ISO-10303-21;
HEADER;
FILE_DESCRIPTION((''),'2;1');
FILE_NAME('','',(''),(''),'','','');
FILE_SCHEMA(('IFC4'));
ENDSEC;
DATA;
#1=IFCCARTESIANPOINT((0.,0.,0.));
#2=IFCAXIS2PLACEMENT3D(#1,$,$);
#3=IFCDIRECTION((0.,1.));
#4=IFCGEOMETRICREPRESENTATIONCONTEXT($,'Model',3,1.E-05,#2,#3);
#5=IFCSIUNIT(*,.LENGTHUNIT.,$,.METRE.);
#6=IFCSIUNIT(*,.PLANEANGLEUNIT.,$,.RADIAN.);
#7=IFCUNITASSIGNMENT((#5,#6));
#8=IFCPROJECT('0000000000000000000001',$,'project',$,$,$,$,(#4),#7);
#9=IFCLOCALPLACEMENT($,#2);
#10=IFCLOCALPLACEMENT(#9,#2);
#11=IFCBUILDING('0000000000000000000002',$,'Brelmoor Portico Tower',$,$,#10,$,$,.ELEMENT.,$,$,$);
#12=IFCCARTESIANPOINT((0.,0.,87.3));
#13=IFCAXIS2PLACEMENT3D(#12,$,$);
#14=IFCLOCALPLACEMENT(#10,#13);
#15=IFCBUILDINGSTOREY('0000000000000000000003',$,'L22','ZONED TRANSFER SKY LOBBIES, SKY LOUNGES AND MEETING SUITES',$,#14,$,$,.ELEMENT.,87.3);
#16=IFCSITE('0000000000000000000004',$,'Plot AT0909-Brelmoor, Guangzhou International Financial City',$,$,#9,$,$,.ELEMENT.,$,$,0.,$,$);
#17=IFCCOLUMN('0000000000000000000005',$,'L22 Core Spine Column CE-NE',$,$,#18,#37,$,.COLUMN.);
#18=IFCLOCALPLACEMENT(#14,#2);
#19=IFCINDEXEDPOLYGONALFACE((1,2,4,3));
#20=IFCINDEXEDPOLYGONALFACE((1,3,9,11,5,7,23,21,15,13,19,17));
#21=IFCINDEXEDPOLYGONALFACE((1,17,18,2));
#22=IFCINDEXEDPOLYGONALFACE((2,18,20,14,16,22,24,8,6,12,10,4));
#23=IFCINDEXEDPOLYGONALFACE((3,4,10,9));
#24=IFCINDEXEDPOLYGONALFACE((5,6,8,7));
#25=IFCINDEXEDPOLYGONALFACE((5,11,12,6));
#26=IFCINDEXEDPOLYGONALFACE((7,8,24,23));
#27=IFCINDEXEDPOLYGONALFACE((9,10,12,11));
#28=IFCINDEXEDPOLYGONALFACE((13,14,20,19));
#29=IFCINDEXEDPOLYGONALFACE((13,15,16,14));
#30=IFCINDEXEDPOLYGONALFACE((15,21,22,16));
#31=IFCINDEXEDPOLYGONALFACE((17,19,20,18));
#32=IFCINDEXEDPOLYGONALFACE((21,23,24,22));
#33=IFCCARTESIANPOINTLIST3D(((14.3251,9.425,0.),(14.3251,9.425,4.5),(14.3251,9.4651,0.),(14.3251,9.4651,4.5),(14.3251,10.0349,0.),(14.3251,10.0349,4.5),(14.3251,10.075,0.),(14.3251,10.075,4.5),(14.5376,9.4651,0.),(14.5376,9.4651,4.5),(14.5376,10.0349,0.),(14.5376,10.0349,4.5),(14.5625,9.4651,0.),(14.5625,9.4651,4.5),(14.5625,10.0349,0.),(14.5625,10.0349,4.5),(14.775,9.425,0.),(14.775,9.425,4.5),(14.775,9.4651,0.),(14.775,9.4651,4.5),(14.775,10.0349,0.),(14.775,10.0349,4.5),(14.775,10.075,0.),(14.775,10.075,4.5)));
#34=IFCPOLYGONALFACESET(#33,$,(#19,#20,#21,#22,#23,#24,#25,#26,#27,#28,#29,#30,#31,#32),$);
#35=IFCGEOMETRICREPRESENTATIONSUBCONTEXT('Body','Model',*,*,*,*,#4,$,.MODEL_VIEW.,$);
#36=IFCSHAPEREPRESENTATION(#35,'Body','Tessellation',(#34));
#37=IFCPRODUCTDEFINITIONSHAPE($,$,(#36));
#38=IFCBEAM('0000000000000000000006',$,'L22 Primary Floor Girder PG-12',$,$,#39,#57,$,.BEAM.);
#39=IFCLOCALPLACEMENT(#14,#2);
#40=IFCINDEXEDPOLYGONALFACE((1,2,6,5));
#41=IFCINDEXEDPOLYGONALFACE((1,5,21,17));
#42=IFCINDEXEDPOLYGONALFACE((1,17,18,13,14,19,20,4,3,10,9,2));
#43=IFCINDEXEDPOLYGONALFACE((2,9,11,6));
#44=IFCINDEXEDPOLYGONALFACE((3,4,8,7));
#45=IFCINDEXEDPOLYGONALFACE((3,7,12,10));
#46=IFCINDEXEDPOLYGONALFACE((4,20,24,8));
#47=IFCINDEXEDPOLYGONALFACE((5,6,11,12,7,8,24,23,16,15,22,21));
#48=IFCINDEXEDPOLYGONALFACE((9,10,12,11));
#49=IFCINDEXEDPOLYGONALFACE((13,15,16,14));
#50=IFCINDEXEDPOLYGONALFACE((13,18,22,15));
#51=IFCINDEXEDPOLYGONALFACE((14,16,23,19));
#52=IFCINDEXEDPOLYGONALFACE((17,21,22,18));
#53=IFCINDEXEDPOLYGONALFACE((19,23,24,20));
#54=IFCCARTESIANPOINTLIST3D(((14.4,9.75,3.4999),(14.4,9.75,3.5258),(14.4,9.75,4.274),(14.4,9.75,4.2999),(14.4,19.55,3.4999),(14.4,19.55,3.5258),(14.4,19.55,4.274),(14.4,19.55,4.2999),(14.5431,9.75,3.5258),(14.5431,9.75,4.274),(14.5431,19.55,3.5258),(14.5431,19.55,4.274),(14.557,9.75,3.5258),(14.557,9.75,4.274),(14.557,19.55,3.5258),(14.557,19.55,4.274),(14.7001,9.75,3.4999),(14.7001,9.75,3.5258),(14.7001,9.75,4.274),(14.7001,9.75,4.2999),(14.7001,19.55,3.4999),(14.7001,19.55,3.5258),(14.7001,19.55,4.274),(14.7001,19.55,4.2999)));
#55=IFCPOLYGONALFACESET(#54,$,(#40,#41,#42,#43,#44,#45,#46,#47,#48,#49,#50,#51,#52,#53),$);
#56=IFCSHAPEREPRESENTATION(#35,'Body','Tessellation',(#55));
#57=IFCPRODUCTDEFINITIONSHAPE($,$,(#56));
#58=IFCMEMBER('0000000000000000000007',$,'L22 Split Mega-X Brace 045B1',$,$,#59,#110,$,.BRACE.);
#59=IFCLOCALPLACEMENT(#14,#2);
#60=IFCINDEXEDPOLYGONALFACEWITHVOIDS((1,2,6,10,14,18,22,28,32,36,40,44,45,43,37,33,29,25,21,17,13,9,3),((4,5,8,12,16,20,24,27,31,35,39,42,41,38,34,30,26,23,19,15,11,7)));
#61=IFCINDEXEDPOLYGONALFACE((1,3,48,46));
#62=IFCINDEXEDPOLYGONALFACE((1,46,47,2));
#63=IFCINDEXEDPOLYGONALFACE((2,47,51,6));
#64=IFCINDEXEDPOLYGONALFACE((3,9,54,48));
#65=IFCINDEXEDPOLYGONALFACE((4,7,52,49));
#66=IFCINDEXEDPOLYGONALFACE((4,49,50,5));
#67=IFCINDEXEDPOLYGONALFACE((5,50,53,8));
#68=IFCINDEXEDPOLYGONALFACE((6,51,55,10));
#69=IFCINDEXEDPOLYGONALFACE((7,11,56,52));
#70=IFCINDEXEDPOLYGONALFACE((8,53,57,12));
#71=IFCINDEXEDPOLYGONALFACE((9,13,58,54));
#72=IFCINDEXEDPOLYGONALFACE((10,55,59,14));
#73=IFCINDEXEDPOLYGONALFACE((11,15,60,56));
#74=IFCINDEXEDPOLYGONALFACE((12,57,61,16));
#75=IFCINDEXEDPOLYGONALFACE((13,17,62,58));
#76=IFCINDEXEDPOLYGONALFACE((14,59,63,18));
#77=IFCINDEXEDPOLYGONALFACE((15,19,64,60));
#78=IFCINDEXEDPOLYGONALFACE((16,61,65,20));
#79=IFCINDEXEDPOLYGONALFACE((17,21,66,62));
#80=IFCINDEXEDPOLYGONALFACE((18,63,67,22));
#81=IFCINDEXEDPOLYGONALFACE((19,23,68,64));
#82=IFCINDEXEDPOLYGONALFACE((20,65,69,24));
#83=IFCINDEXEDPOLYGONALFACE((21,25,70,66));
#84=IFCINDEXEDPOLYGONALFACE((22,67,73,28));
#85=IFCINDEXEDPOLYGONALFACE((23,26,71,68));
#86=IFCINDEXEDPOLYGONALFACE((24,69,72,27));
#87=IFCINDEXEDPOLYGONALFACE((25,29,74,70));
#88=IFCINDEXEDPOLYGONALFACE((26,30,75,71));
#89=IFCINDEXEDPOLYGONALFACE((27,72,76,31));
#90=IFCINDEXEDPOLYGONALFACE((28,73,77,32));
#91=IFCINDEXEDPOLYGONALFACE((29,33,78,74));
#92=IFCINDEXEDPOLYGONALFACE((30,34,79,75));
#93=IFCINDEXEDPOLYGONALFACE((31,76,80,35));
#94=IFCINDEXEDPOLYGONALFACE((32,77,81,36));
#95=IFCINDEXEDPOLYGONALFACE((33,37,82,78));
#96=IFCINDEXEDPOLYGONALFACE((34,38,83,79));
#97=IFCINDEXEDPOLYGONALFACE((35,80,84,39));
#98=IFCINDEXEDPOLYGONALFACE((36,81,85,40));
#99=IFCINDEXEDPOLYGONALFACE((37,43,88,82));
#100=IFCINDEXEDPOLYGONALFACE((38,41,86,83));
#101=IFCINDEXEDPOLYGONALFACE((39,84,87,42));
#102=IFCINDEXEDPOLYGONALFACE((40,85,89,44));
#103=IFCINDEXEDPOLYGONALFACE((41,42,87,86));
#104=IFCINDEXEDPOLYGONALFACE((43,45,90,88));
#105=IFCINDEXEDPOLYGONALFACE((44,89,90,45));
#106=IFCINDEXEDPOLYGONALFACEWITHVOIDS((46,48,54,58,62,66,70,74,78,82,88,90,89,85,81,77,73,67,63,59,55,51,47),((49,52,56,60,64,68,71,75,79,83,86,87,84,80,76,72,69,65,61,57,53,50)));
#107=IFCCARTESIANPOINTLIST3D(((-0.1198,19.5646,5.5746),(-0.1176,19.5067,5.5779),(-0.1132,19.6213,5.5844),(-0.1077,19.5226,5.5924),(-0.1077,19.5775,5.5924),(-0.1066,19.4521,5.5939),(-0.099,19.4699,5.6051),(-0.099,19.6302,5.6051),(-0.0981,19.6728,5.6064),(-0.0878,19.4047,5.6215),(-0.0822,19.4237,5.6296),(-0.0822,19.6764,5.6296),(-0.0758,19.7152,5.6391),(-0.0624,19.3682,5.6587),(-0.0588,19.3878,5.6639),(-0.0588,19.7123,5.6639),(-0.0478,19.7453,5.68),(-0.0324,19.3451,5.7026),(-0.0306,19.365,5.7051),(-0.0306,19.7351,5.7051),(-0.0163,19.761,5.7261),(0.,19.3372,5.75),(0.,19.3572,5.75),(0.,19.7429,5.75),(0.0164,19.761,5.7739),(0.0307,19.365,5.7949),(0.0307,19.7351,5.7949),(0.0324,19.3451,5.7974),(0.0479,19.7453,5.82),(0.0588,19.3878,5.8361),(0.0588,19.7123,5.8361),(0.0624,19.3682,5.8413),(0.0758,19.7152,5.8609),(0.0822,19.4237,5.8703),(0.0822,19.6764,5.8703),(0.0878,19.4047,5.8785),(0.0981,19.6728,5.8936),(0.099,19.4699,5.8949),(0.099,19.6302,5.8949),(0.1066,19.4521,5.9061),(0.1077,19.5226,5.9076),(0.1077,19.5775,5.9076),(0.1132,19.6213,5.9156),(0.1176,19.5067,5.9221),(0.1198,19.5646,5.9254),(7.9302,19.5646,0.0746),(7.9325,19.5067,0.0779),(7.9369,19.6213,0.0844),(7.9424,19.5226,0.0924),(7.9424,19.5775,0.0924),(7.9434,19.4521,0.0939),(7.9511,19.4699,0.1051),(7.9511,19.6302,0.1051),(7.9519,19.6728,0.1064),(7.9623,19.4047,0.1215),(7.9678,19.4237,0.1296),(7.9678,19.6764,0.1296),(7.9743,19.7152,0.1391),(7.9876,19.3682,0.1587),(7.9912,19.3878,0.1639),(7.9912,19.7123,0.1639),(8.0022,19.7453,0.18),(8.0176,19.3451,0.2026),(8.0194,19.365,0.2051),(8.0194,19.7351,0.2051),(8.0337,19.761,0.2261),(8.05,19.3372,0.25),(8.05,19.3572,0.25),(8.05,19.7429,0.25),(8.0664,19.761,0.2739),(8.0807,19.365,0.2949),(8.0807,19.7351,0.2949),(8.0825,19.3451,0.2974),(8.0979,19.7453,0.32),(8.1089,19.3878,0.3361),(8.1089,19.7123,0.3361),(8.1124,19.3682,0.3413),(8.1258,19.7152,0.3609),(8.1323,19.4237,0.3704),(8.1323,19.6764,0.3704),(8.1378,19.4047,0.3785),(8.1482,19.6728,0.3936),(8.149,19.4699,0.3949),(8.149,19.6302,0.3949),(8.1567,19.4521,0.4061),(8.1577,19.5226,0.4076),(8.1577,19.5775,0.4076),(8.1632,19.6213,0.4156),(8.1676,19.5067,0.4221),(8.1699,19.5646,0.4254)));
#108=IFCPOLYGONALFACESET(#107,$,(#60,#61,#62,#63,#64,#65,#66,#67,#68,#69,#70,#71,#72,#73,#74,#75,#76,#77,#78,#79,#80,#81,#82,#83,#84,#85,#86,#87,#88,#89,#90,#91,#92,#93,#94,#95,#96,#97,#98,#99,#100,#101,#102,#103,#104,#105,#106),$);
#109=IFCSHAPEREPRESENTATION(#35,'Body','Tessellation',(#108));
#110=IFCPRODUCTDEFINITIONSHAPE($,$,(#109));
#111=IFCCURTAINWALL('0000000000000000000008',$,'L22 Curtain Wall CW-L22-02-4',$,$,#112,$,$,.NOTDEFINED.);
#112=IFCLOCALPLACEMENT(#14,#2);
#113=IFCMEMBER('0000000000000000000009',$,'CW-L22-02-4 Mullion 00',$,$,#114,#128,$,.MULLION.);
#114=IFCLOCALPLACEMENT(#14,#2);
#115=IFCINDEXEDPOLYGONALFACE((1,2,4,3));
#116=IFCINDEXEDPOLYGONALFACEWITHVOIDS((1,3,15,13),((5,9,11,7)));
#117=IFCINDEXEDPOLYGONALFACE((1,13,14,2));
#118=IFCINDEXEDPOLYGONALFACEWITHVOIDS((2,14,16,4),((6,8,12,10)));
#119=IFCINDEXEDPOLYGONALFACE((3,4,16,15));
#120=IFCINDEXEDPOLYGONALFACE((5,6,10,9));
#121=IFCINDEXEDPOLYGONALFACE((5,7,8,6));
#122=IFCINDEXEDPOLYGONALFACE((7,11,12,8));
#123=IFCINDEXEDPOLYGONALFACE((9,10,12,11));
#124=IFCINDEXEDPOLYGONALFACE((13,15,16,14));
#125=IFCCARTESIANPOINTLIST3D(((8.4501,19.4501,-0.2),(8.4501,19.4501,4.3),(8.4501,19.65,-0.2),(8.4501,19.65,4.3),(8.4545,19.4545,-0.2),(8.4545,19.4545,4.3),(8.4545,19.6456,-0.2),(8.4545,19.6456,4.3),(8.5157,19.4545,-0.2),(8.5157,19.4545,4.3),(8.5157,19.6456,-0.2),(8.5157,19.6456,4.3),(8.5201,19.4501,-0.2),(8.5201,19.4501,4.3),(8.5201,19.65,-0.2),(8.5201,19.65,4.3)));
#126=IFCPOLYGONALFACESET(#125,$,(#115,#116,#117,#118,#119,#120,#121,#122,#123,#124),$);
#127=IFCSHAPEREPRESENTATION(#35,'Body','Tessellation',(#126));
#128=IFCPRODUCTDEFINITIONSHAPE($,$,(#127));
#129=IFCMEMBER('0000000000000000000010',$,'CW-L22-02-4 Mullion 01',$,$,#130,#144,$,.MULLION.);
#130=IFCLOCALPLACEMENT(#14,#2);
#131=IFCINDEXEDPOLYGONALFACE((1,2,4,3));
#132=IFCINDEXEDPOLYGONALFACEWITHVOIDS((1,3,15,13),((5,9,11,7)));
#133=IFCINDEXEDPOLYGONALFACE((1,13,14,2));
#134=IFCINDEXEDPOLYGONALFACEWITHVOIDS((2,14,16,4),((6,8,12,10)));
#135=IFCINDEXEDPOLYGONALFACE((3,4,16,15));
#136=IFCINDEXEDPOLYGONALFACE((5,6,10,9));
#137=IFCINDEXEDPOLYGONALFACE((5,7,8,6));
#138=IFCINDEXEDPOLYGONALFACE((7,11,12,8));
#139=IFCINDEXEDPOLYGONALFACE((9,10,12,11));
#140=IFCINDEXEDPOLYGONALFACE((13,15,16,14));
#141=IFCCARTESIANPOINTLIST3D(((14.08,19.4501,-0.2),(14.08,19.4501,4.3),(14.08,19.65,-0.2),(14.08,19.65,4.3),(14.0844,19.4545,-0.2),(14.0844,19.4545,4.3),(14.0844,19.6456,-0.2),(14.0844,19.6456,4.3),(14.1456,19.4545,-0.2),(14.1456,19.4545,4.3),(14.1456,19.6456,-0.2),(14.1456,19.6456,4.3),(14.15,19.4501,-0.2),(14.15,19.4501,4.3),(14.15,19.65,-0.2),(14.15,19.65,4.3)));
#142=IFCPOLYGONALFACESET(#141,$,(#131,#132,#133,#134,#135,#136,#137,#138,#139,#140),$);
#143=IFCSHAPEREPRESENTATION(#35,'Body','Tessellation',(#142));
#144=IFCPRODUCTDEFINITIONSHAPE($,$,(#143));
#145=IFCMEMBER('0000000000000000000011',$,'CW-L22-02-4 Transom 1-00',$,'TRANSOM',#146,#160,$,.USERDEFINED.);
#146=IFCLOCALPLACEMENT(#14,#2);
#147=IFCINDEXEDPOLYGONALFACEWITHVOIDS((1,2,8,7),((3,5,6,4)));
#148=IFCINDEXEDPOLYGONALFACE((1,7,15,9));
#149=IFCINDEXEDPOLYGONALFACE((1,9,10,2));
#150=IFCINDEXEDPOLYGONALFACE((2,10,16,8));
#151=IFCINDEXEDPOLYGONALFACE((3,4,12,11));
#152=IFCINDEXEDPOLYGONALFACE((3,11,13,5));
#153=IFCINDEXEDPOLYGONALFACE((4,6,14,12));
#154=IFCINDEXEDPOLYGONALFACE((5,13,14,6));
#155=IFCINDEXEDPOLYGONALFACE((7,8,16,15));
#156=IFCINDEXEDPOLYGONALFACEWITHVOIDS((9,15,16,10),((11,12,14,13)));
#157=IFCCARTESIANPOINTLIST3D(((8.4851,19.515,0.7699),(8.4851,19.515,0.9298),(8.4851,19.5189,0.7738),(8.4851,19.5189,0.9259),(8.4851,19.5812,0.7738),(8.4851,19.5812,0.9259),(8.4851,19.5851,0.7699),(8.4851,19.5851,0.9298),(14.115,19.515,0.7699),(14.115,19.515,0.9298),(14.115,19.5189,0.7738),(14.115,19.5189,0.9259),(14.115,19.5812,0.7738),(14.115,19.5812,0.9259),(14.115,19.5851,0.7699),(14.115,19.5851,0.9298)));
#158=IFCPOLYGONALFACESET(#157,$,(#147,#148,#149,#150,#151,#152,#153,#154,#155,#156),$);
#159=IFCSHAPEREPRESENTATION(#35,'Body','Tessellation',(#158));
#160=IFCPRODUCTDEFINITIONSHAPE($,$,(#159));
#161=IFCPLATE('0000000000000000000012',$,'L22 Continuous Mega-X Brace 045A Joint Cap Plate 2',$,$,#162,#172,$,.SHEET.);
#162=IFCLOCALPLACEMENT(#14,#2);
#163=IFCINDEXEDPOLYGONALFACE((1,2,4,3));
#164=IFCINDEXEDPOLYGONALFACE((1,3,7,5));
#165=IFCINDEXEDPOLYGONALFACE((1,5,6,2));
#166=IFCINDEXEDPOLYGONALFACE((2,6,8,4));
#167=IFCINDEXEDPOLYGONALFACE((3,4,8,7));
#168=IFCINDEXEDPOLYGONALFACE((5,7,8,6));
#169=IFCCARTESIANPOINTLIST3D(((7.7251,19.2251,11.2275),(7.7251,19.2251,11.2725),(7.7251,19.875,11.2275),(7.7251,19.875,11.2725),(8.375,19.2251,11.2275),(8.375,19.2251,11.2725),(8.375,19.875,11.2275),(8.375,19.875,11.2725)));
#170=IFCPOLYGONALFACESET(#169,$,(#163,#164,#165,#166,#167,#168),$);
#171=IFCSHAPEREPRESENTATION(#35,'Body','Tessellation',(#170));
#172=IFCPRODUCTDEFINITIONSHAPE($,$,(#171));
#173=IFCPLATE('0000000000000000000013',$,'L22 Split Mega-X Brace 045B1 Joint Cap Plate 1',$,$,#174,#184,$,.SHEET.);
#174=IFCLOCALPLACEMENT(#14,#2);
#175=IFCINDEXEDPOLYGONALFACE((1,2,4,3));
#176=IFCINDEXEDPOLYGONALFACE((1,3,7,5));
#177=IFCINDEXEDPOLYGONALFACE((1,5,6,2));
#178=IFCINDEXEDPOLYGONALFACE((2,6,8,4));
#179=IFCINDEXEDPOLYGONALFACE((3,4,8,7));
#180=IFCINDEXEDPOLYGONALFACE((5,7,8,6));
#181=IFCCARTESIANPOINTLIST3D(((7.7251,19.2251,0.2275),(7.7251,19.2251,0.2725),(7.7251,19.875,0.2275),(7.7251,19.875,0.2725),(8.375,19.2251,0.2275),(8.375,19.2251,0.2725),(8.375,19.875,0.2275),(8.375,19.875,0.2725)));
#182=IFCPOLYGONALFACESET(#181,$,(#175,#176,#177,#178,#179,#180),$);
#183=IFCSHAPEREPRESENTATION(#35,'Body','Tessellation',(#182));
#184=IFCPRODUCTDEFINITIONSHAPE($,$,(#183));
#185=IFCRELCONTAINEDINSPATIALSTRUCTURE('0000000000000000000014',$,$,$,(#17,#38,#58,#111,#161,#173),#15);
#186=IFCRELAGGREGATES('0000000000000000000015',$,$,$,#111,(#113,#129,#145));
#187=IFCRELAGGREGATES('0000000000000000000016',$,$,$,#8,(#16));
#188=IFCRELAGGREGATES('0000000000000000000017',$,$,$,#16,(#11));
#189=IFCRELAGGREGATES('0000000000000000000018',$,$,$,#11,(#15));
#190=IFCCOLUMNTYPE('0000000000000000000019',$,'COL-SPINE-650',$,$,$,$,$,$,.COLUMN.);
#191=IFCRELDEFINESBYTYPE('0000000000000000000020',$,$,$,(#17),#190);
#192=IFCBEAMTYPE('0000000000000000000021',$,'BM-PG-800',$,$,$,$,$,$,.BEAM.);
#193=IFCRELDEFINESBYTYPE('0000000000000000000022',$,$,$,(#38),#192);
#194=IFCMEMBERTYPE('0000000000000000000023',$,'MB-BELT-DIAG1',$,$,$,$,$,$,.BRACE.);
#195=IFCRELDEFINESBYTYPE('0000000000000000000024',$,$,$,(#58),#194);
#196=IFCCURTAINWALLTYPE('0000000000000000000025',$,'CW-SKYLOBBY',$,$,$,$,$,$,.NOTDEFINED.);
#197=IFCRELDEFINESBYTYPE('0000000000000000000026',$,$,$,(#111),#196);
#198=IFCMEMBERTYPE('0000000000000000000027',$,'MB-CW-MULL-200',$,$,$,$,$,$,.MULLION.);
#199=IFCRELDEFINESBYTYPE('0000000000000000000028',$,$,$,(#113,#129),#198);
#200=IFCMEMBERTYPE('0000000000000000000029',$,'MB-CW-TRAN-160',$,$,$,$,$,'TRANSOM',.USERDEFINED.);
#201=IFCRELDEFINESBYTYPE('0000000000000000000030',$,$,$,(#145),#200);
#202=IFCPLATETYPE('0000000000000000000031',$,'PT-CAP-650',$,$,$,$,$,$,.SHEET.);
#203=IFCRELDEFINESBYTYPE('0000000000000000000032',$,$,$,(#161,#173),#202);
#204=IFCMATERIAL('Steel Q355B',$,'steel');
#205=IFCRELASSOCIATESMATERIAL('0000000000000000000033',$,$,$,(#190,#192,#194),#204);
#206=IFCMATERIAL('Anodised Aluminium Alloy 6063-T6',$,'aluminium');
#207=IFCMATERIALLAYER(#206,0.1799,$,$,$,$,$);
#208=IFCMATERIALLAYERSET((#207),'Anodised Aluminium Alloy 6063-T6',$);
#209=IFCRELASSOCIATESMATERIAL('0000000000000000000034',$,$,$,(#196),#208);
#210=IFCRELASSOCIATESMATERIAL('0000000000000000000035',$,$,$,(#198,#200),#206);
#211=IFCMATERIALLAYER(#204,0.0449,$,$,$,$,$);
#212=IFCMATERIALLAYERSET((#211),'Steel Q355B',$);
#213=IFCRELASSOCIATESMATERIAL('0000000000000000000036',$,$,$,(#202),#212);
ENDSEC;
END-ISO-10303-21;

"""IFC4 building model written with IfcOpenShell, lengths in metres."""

from ifc_helpers import new_model, si_unit, direction, frame, origin, origin_2d, place, context, subcontext, project, spatial, rectangle, hollow_rectangle, hollow_circle, i_section, extrude, material, layer, layer_set, material_profile, profile_set, type_object, element, aggregate, save


model = new_model("IFC4")

# Units and contexts
model_context = context("Model", 3, precision=1e-05, world=origin(), true_north=direction((0.0, 1.0)))
body_context = subcontext(model_context, "Body", "Model", "MODEL_VIEW")
ifc_project = project(units=[si_unit("LENGTHUNIT", "METRE"), si_unit("PLANEANGLEUNIT", "RADIAN")], contexts=[model_context])

# Site, building, storey
site_placement = place(None, origin())
site = spatial("IfcSite", under=ifc_project, at=site_placement, Name="Plot AT0909-Brelmoor, Guangzhou International Financial City", CompositionType="ELEMENT", RefElevation=0.0)
building_placement = place(site_placement, origin())
building = spatial("IfcBuilding", under=site, at=building_placement, Name="Brelmoor Portico Tower", CompositionType="ELEMENT")
storey_placement = place(building_placement, frame((0.0, 0.0, 87.3)))
storey = spatial("IfcBuildingStorey", under=building, at=storey_placement, Name="L22", Description="ZONED TRANSFER SKY LOBBIES, SKY LOUNGES AND MEETING SUITES", CompositionType="ELEMENT", Elevation=87.3)

# Column
ifc_material_1 = material(Name="Steel Q355B", Category="steel")
ifc_material_profile_1 = material_profile(ifc_material_1, i_section(OverallWidth=0.45, OverallDepth=0.6499, WebThickness=0.0249, FlangeThickness=0.04, at=origin_2d()), Name="HW 650x450x25x40")
ifc_profile_set_1 = profile_set([ifc_material_profile_1], Name="Steel Q355B")
column_type = type_object("IfcColumnType", Name="COL-SPINE-650", PredefinedType="COLUMN", material=ifc_profile_set_1)
column_placement = place(storey_placement, frame((14.55, 9.75, 0.0), z_axis=(0.0, 0.0, 1.0), x_axis=(1.0, 0.0, 0.0)))
element("IfcColumn", 1, at=column_placement, inside=storey, type_object=column_type, Name="L22 Core Spine Column CE-NE", PredefinedType="COLUMN", context=body_context, shape_type="SweptSolid", body=[
    extrude(i_section(OverallWidth=0.45, OverallDepth=0.6499, WebThickness=0.0249, FlangeThickness=0.04, at=origin_2d()), origin(), (0.0, 0.0, 1.0), 4.5),
])

# Beam
ifc_material_profile_2 = material_profile(ifc_material_1, i_section(OverallWidth=0.3, OverallDepth=0.8, WebThickness=0.0139, FlangeThickness=0.0259, at=origin_2d()), Name="HN 800x300x14x26")
ifc_profile_set_2 = profile_set([ifc_material_profile_2], Name="Steel Q355B")
beam_type = type_object("IfcBeamType", Name="BM-PG-800", PredefinedType="BEAM", material=ifc_profile_set_2)
beam_placement = place(storey_placement, frame((14.55, 9.75, 3.8999), z_axis=(0.0, 1.0, 0.0), x_axis=(-1.0, 0.0, 0.0)))
element("IfcBeam", 2, at=beam_placement, inside=storey, type_object=beam_type, Name="L22 Primary Floor Girder PG-12", PredefinedType="BEAM", context=body_context, shape_type="SweptSolid", body=[
    extrude(i_section(OverallWidth=0.3, OverallDepth=0.8, WebThickness=0.0139, FlangeThickness=0.0259, at=origin_2d()), origin(), (0.0, 0.0, 1.0), 9.8),
])

# Member
ifc_material_profile_3 = material_profile(ifc_material_1, hollow_circle(Radius=0.2129, WallThickness=0.02, at=origin_2d()), Name="CHS 426x20")
ifc_profile_set_3 = profile_set([ifc_material_profile_3], Name="Steel Q355B")
member_type_1 = type_object("IfcMemberType", Name="MB-BELT-DIAG1", PredefinedType="BRACE", material=ifc_profile_set_3)
member_1_placement = place(storey_placement, frame((8.05, 19.55, 0.25), z_axis=(-0.825686, 0.0, 0.56413), x_axis=(0.0, -1.0, 0.0)))
element("IfcMember", 3, at=member_1_placement, inside=storey, type_object=member_type_1, Name="L22 Split Mega-X Brace 045B1", PredefinedType="BRACE", context=body_context, shape_type="SweptSolid", body=[
    extrude(hollow_circle(Radius=0.2129, WallThickness=0.02, at=origin_2d()), origin(), (0.0, 0.0, 1.0), 9.7495),
])

# Curtain wall, members
ifc_material_2 = material(Name="Anodised Aluminium Alloy 6063-T6", Category="aluminium")
ifc_layer_1 = layer(ifc_material_2, 0.1799)
ifc_layer_set_1 = layer_set([ifc_layer_1], Name="Anodised Aluminium Alloy 6063-T6")
curtain_wall_type = type_object("IfcCurtainWallType", Name="CW-SKYLOBBY", PredefinedType="NOTDEFINED", material=ifc_layer_set_1)
curtain_wall_placement = place(storey_placement, origin())
curtain_wall = element("IfcCurtainWall", 4, at=curtain_wall_placement, inside=storey, type_object=curtain_wall_type, Name="L22 Curtain Wall CW-L22-02-4", PredefinedType="NOTDEFINED")
ifc_material_profile_4 = material_profile(ifc_material_2, hollow_rectangle(XDim=0.0701, YDim=0.2, WallThickness=0.0044, at=origin_2d()), Name="ALU MULLION 70x200")
ifc_profile_set_4 = profile_set([ifc_material_profile_4], Name="Anodised Aluminium Alloy 6063-T6")
member_type_2 = type_object("IfcMemberType", Name="MB-CW-MULL-200", PredefinedType="MULLION", material=ifc_profile_set_4)
member_2_placement = place(storey_placement, frame((8.4851, 19.55, -0.2), z_axis=(0.0, 0.0, 1.0), x_axis=(1.0, 0.0, 0.0)))
member_2 = element("IfcMember", 5, at=member_2_placement, type_object=member_type_2, Name="CW-L22-02-4 Mullion 00", PredefinedType="MULLION", context=body_context, shape_type="SweptSolid", body=[
    extrude(hollow_rectangle(XDim=0.0701, YDim=0.2, WallThickness=0.0044, at=origin_2d()), origin(), (0.0, 0.0, 1.0), 4.5),
])
member_3_placement = place(storey_placement, frame((14.115, 19.55, -0.2), z_axis=(0.0, 0.0, 1.0), x_axis=(1.0, 0.0, 0.0)))
member_3 = element("IfcMember", 6, at=member_3_placement, type_object=member_type_2, Name="CW-L22-02-4 Mullion 01", PredefinedType="MULLION", context=body_context, shape_type="SweptSolid", body=[
    extrude(hollow_rectangle(XDim=0.0701, YDim=0.2, WallThickness=0.0044, at=origin_2d()), origin(), (0.0, 0.0, 1.0), 4.5),
])
ifc_material_profile_5 = material_profile(ifc_material_2, hollow_rectangle(XDim=0.0701, YDim=0.1599, WallThickness=0.0039, at=origin_2d()), Name="ALU TRANSOM 70x160")
ifc_profile_set_5 = profile_set([ifc_material_profile_5], Name="Anodised Aluminium Alloy 6063-T6")
member_type_3 = type_object("IfcMemberType", Name="MB-CW-TRAN-160", ElementType="TRANSOM", PredefinedType="USERDEFINED", material=ifc_profile_set_5)
member_4_placement = place(storey_placement, frame((8.4851, 19.55, 0.8499), z_axis=(1.0, 0.0, 0.0), x_axis=(0.0, 1.0, 0.0)))
member_4 = element("IfcMember", 7, at=member_4_placement, type_object=member_type_3, Name="CW-L22-02-4 Transom 1-00", ObjectType="TRANSOM", PredefinedType="USERDEFINED", context=body_context, shape_type="SweptSolid", body=[
    extrude(hollow_rectangle(XDim=0.0701, YDim=0.1599, WallThickness=0.0039, at=origin_2d()), origin(), (0.0, 0.0, 1.0), 5.6299),
])

# Plates
ifc_layer_2 = layer(ifc_material_1, 0.0449)
ifc_layer_set_2 = layer_set([ifc_layer_2], Name="Steel Q355B")
plate_type_1 = type_object("IfcPlateType", Name="PT-CAP-650", PredefinedType="SHEET", material=ifc_layer_set_2)
for number, where, z_axis, x_axis, name in (
    (8, (8.05, 19.55, 11.2275), (0.0, 0.0, 1.0), (1.0, 0.0, 0.0), "L22 Continuous Mega-X Brace 045A Joint Cap Plate 2"),
    (9, (8.05, 19.55, 0.2275), (0.0, 0.0, 1.0), (1.0, 0.0, 0.0), "L22 Split Mega-X Brace 045B1 Joint Cap Plate 1"),
):
    element("IfcPlate", number, at=place(storey_placement, frame(where, z_axis=z_axis, x_axis=x_axis)), inside=storey, type_object=plate_type_1, Name=name, PredefinedType="SHEET", context=body_context, shape_type="SweptSolid", body=[
        extrude(rectangle(XDim=0.6499, YDim=0.6499, at=origin_2d()), origin(), (0.0, 0.0, 1.0), 0.0449),
    ])

aggregate(curtain_wall, [member_2, member_3, member_4])

save(model, "model.ifc")
